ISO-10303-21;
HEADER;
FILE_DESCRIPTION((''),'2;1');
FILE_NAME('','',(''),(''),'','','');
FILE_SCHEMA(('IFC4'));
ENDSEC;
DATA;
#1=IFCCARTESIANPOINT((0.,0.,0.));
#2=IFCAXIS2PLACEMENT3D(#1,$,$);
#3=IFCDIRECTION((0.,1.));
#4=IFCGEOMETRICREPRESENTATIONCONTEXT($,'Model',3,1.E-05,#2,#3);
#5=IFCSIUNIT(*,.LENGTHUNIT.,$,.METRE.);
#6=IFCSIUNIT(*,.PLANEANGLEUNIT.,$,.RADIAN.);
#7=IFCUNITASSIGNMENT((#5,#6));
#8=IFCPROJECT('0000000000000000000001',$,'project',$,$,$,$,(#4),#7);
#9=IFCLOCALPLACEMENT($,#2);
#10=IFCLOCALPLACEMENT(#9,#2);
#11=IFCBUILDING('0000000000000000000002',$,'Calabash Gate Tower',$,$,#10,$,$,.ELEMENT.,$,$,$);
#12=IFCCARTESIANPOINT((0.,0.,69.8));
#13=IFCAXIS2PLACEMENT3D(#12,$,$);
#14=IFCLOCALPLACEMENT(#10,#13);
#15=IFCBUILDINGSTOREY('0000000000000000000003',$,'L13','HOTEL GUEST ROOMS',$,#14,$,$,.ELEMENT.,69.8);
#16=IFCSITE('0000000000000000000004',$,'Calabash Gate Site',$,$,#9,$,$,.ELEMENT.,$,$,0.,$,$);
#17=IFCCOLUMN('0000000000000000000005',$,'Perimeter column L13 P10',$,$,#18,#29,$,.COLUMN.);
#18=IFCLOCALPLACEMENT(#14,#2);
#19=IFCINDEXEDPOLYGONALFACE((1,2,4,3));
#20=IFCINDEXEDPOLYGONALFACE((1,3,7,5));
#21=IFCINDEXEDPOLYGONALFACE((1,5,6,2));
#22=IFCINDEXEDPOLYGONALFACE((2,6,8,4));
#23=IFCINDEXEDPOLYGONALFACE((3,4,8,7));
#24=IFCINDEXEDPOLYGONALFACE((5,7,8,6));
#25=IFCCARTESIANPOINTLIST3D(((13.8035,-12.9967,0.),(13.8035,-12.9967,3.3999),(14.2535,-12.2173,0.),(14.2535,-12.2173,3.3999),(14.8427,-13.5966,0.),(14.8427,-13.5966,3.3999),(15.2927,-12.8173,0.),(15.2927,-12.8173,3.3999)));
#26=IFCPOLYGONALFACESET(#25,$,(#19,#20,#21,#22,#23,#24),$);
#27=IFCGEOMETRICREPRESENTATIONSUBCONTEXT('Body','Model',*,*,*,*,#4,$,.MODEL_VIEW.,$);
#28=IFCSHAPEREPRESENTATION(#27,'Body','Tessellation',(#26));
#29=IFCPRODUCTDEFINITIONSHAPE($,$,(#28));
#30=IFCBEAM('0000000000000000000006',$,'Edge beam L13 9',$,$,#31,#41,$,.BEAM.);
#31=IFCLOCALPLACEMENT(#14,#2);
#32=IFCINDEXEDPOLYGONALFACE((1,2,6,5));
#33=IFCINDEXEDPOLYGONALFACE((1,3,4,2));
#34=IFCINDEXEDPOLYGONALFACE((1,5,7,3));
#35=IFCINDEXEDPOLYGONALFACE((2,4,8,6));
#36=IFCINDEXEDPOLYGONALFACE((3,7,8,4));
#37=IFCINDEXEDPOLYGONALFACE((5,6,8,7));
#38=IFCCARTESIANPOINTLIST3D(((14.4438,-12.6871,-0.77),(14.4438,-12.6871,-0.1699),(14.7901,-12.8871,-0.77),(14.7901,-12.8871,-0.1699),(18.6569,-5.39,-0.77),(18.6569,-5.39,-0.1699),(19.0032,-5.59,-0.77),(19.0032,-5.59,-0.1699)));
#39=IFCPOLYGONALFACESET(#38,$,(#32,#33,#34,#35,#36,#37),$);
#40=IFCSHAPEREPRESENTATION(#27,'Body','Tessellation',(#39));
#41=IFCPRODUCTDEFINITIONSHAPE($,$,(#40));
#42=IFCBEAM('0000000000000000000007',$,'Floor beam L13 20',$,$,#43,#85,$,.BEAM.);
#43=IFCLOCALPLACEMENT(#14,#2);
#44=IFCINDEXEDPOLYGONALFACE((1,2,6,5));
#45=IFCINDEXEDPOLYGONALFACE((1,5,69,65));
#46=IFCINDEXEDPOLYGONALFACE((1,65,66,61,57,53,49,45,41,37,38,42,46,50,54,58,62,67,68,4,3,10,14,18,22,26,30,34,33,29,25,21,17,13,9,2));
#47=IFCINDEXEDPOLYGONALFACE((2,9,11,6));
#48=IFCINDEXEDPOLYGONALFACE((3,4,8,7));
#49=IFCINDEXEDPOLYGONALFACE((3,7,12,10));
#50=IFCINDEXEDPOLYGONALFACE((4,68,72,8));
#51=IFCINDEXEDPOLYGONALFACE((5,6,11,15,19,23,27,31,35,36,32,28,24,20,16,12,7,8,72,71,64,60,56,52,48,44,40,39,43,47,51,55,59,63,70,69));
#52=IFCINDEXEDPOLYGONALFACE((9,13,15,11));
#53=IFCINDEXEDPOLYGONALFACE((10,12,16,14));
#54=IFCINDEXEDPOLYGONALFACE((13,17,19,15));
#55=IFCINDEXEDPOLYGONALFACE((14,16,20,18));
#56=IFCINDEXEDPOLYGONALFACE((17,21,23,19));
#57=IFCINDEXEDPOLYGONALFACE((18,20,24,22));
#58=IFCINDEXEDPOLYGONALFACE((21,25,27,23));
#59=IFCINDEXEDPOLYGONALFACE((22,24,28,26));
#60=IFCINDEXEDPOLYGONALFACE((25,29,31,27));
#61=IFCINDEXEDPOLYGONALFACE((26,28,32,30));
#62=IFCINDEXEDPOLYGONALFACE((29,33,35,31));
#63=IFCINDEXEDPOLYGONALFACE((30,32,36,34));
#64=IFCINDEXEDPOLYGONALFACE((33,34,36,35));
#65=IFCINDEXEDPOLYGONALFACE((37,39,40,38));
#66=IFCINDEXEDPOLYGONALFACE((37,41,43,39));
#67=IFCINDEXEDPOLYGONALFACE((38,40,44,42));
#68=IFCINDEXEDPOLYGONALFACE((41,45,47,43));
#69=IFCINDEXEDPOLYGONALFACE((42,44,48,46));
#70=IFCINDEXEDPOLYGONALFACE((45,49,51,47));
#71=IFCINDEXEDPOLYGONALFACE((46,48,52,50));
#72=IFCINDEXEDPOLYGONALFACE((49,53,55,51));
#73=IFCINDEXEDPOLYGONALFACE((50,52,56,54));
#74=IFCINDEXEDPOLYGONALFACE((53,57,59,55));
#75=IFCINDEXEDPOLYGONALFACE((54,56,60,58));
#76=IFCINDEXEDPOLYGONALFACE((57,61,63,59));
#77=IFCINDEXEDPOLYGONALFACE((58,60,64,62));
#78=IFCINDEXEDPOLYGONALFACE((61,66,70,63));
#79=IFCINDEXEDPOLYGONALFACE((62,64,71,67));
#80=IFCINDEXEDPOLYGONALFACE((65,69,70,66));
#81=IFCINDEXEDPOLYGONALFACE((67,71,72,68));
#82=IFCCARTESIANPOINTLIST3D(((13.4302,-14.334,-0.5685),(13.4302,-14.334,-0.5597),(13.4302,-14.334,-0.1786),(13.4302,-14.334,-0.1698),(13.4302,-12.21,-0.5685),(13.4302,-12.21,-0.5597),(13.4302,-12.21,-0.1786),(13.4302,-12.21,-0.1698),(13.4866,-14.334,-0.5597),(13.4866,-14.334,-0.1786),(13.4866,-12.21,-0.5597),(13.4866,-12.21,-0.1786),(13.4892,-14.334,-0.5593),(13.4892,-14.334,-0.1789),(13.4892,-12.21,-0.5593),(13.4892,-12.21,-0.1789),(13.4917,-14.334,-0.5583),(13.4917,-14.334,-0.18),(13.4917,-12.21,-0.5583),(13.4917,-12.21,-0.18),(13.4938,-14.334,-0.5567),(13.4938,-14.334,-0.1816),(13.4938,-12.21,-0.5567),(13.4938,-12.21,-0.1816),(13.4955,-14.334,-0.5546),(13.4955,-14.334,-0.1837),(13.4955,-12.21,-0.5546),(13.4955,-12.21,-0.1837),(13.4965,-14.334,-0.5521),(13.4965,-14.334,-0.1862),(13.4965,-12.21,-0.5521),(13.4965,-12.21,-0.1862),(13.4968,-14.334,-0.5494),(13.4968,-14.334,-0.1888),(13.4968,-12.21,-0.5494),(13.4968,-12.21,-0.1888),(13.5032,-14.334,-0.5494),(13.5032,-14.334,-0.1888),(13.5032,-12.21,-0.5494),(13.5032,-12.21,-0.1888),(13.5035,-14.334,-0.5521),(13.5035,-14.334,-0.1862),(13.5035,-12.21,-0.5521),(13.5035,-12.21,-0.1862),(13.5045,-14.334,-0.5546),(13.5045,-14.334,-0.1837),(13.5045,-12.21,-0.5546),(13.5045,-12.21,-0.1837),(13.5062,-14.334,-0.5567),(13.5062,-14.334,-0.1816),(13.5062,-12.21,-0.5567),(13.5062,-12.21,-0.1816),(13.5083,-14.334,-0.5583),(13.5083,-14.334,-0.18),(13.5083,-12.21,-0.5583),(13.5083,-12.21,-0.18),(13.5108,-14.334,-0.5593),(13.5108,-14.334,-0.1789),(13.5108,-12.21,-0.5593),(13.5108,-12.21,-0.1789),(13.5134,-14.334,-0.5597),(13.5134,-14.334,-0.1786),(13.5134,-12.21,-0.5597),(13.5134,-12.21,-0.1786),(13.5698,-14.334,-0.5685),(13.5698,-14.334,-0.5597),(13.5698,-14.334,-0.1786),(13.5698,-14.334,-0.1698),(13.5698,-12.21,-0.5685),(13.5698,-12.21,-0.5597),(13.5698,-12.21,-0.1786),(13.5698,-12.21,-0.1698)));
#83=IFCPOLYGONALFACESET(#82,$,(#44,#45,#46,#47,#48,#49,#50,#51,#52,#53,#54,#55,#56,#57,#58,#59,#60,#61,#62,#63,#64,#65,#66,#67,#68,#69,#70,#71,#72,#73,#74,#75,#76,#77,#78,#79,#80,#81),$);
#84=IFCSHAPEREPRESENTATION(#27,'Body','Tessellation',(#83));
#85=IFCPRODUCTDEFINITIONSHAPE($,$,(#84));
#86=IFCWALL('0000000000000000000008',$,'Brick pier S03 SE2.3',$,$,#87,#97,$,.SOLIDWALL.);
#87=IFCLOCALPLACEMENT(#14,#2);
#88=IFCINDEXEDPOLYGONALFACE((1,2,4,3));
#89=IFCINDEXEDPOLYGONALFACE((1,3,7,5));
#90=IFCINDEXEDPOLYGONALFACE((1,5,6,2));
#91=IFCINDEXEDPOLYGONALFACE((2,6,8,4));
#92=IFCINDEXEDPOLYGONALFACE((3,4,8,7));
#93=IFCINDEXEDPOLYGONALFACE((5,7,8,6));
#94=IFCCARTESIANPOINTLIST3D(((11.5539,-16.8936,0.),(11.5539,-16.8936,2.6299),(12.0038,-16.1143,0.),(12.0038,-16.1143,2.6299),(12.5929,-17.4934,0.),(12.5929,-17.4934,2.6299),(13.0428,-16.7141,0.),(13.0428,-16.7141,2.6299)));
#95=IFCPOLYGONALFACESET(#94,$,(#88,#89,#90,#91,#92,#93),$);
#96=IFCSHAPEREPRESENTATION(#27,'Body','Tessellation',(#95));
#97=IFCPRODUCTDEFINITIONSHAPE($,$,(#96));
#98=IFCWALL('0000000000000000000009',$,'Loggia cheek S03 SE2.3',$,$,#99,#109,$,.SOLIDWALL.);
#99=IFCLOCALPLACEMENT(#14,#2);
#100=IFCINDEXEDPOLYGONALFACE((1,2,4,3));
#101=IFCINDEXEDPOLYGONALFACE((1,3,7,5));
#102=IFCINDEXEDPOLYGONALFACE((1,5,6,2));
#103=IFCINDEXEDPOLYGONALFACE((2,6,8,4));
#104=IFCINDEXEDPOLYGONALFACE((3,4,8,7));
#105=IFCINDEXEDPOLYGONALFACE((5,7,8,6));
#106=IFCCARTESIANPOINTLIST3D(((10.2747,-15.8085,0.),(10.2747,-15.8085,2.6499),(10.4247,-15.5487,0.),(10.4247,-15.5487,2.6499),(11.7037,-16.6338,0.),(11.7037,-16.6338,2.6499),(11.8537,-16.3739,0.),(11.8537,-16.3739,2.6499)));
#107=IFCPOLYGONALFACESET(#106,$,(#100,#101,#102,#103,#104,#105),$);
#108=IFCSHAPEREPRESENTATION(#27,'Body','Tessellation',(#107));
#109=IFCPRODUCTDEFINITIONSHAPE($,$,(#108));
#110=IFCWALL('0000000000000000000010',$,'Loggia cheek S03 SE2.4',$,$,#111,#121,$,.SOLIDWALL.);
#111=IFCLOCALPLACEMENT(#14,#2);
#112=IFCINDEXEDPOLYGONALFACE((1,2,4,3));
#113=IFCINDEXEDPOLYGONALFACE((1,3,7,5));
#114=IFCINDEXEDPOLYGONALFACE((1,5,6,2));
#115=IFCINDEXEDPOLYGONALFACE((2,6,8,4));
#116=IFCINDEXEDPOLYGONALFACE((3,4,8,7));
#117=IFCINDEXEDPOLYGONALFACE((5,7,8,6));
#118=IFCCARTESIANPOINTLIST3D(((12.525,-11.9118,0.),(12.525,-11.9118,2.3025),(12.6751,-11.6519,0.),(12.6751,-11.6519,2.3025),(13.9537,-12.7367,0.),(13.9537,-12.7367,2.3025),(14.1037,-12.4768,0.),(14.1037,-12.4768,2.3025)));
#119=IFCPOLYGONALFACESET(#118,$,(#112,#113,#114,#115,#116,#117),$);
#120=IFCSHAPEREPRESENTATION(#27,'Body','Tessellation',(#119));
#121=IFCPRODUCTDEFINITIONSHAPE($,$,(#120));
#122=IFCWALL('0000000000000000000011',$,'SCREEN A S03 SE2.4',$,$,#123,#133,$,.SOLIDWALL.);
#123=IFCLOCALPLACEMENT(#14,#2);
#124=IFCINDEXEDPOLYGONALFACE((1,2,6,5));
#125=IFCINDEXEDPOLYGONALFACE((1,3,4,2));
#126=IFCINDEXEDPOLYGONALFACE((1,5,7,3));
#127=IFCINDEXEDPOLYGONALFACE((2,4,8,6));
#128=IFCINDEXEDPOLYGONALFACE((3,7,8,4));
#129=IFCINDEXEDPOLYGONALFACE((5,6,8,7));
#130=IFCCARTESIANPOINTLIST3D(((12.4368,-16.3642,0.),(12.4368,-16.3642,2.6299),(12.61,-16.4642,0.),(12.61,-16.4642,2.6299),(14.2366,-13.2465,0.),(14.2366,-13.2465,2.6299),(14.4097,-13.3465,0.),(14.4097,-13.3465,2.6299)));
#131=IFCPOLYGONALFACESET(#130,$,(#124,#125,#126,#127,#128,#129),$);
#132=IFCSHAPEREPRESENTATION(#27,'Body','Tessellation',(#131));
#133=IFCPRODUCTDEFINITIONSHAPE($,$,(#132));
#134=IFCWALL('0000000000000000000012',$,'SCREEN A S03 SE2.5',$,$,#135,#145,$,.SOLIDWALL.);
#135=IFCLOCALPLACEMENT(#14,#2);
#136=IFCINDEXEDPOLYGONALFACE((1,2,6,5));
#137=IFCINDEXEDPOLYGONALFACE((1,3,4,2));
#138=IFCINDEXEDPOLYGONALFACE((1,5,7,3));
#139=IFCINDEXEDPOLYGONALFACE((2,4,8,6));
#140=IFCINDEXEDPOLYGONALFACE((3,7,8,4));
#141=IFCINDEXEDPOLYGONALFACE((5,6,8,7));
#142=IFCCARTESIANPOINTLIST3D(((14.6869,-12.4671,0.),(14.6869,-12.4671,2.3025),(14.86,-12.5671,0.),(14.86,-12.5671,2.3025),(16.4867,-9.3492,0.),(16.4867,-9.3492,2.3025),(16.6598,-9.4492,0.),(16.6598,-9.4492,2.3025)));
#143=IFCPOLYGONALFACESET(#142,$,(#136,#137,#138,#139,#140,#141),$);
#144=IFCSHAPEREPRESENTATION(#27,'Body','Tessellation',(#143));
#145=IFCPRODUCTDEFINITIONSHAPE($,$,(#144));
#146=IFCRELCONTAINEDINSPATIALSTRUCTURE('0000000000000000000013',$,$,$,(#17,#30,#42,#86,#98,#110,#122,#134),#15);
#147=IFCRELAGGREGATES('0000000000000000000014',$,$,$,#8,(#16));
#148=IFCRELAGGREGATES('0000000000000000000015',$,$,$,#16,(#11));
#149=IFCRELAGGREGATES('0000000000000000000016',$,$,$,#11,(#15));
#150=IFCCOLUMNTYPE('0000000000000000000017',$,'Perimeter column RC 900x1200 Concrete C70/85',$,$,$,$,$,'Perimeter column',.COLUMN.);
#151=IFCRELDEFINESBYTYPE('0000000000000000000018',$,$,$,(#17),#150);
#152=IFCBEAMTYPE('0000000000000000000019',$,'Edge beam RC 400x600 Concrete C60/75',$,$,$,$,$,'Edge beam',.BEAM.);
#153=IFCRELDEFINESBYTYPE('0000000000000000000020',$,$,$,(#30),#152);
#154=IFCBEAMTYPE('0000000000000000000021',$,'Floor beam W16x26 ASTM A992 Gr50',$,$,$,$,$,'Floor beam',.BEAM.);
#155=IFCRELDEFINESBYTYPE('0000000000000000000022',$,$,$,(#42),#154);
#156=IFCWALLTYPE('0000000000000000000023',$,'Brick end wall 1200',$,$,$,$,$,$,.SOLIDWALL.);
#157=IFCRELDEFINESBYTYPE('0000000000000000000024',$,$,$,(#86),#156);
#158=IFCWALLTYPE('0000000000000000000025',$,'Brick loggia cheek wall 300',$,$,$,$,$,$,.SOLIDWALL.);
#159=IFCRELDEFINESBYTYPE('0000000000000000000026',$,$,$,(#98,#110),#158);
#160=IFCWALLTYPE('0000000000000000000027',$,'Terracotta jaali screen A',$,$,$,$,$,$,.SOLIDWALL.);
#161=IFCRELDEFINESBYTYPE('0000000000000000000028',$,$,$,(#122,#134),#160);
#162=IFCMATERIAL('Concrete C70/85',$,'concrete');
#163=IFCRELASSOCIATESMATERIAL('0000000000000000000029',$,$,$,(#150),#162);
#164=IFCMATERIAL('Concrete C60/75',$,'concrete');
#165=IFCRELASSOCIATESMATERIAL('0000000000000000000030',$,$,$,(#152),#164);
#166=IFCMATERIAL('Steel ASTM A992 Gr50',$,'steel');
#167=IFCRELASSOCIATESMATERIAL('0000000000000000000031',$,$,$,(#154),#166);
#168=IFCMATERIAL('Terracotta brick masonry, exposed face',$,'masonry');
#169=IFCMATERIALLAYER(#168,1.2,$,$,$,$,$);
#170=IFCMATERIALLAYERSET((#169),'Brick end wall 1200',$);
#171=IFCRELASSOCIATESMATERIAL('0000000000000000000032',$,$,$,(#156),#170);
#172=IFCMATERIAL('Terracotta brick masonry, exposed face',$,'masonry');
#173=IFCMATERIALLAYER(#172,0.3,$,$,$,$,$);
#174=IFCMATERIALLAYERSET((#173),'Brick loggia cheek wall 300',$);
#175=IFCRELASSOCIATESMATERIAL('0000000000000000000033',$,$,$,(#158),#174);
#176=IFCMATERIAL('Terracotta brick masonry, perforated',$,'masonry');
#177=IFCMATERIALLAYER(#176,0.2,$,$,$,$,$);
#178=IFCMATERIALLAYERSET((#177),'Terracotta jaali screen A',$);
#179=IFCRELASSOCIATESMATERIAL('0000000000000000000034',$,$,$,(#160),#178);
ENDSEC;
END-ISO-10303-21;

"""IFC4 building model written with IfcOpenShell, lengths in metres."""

from ifc_helpers import new_model, si_unit, direction, frame, frame_2d, origin, origin_2d, place, context, subcontext, project, spatial, rectangle, i_section, extrude, material, layer, layer_set, material_profile, profile_set, type_object, element, save


model = new_model("IFC4")

# Units and contexts
model_context = context("Model", 3, precision=1e-05, world=origin(), true_north=direction((0.0, 1.0)))
body_context = subcontext(model_context, "Body", "Model", "MODEL_VIEW")
ifc_project = project(units=[si_unit("LENGTHUNIT", "METRE"), si_unit("PLANEANGLEUNIT", "RADIAN")], contexts=[model_context])

# Site, building, storey
site_placement = place(None, origin())
site = spatial("IfcSite", under=ifc_project, at=site_placement, Name="Calabash Gate Site", CompositionType="ELEMENT", RefElevation=0.0)
building_placement = place(site_placement, origin())
building = spatial("IfcBuilding", under=site, at=building_placement, Name="Calabash Gate Tower", CompositionType="ELEMENT")
storey_placement = place(building_placement, frame((0.0, 0.0, 69.8)))
storey = spatial("IfcBuildingStorey", under=building, at=storey_placement, Name="L13", Description="HOTEL GUEST ROOMS", CompositionType="ELEMENT", Elevation=69.8)

# Column
ifc_material_1 = material(Name="Concrete C70/85", Category="concrete")
ifc_material_profile_1 = material_profile(ifc_material_1, rectangle(XDim=0.8999, YDim=1.2, at=origin_2d()))
ifc_profile_set_1 = profile_set([ifc_material_profile_1], Name="Concrete C70/85")
column_type = type_object("IfcColumnType", Name="Perimeter column RC 900x1200 Concrete C70/85", ElementType="Perimeter column", PredefinedType="COLUMN", material=ifc_profile_set_1)
column_placement = place(storey_placement, frame((14.5481, -12.907, 0.0), z_axis=(0.0, 0.0, 1.0), x_axis=(0.5, 0.866025, 0.0)))
element("IfcColumn", 1, at=column_placement, inside=storey, type_object=column_type, Name="Perimeter column L13 P10", PredefinedType="COLUMN", context=body_context, shape_type="SweptSolid", body=[
    extrude(rectangle(XDim=0.8999, YDim=1.2, at=origin_2d()), origin(), (0.0, 0.0, 1.0), 3.3999),
])

# Beams
ifc_material_2 = material(Name="Concrete C60/75", Category="concrete")
ifc_material_profile_2 = material_profile(ifc_material_2, rectangle(XDim=0.3999, YDim=0.6001, at=origin_2d()))
ifc_profile_set_2 = profile_set([ifc_material_profile_2], Name="Concrete C60/75")
beam_type_1 = type_object("IfcBeamType", Name="Edge beam RC 400x600 Concrete C60/75", ElementType="Edge beam", PredefinedType="BEAM", material=ifc_profile_set_2)
beam_1_placement = place(storey_placement, frame((14.6169, -12.7871, -0.47), z_axis=(0.500013, 0.866018, 0.0), x_axis=(-0.866018, 0.500013, 0.0)))
element("IfcBeam", 2, at=beam_1_placement, inside=storey, type_object=beam_type_1, Name="Edge beam L13 9", PredefinedType="BEAM", context=body_context, shape_type="SweptSolid", body=[
    extrude(rectangle(XDim=0.3999, YDim=0.6001, at=origin_2d()), origin(), (0.0, 0.0, 1.0), 8.426),
])
ifc_material_3 = material(Name="Steel ASTM A992 Gr50", Category="steel")
ifc_material_profile_3 = material_profile(ifc_material_3, i_section(OverallWidth=0.1396, OverallDepth=0.3987, WebThickness=0.0063, FlangeThickness=0.0088, FilletRadius=0.0103, at=origin_2d()))
ifc_profile_set_3 = profile_set([ifc_material_profile_3], Name="Steel ASTM A992 Gr50")
beam_type_2 = type_object("IfcBeamType", Name="Floor beam W16x26 ASTM A992 Gr50", ElementType="Floor beam", PredefinedType="BEAM", material=ifc_profile_set_3)
beam_2_placement = place(storey_placement, frame((13.5, -14.334, -0.3691), z_axis=(0.0, 1.0, 0.0), x_axis=(-1.0, 0.0, 0.0)))
element("IfcBeam", 3, at=beam_2_placement, inside=storey, type_object=beam_type_2, Name="Floor beam L13 20", PredefinedType="BEAM", context=body_context, shape_type="SweptSolid", body=[
    extrude(i_section(OverallWidth=0.1396, OverallDepth=0.3987, WebThickness=0.0063, FlangeThickness=0.0088, FilletRadius=0.0103, at=origin_2d()), origin(), (0.0, 0.0, 1.0), 2.124),
])

# Walls
ifc_material_4 = material(Name="Terracotta brick masonry, exposed face", Category="masonry")
ifc_layer_1 = layer(ifc_material_4, 1.2)
ifc_layer_set_1 = layer_set([ifc_layer_1], Name="Brick end wall 1200")
wall_type_1 = type_object("IfcWallType", Name="Brick end wall 1200", PredefinedType="SOLIDWALL", material=ifc_layer_set_1)
wall_1_placement = place(storey_placement, frame((12.8179, -17.1038, 0.0), z_axis=(0.0, 0.0, 1.0), x_axis=(-0.866043, 0.499969, 0.0)))
element("IfcWall", 4, at=wall_1_placement, inside=storey, type_object=wall_type_1, Name="Brick pier S03 SE2.3", PredefinedType="SOLIDWALL", context=body_context, shape_type="SweptSolid", body=[
    extrude(rectangle(XDim=1.1997, YDim=0.8999, at=frame_2d((0.5999, 0.0))), origin(), (0.0, 0.0, 1.0), 2.6299),
])
ifc_material_5 = material(Name="Terracotta brick masonry, exposed face", Category="masonry")
ifc_layer_2 = layer(ifc_material_5, 0.3)
ifc_layer_set_2 = layer_set([ifc_layer_2], Name="Brick loggia cheek wall 300")
wall_type_2 = type_object("IfcWallType", Name="Brick loggia cheek wall 300", PredefinedType="SOLIDWALL", material=ifc_layer_set_2)
wall_2_placement = place(storey_placement, frame((11.7788, -16.5039, 0.0), z_axis=(0.0, 0.0, 1.0), x_axis=(-0.865976, 0.500085, 0.0)))
element("IfcWall", 5, at=wall_2_placement, inside=storey, type_object=wall_type_2, Name="Loggia cheek S03 SE2.3", PredefinedType="SOLIDWALL", context=body_context, shape_type="SweptSolid", body=[
    extrude(rectangle(XDim=1.6501, YDim=0.3, at=frame_2d((0.8252, 0.0))), origin(), (0.0, 0.0, 1.0), 2.6499),
])
wall_3_placement = place(storey_placement, frame((14.0286, -12.6067, 0.0), z_axis=(0.0, 0.0, 1.0), x_axis=(-0.866003, 0.500038, 0.0)))
element("IfcWall", 6, at=wall_3_placement, inside=storey, type_object=wall_type_2, Name="Loggia cheek S03 SE2.4", PredefinedType="SOLIDWALL", context=body_context, shape_type="SweptSolid", body=[
    extrude(rectangle(XDim=1.6497, YDim=0.3, at=frame_2d((0.8247, 0.0))), origin(), (0.0, 0.0, 1.0), 2.3025),
])
ifc_material_6 = material(Name="Terracotta brick masonry, perforated", Category="masonry")
ifc_layer_3 = layer(ifc_material_6, 0.2)
ifc_layer_set_3 = layer_set([ifc_layer_3], Name="Terracotta jaali screen A")
wall_type_3 = type_object("IfcWallType", Name="Terracotta jaali screen A", PredefinedType="SOLIDWALL", material=ifc_layer_set_3)
wall_4_placement = place(storey_placement, frame((12.5234, -16.4141, 0.0), z_axis=(0.0, 0.0, 1.0), x_axis=(0.499961, 0.866048, 0.0)))
element("IfcWall", 7, at=wall_4_placement, inside=storey, type_object=wall_type_3, Name="SCREEN A S03 SE2.4", PredefinedType="SOLIDWALL", context=body_context, shape_type="SweptSolid", body=[
    extrude(rectangle(XDim=3.5999, YDim=0.2, at=frame_2d((1.7998, 0.0))), origin(), (0.0, 0.0, 1.0), 2.6299),
])
wall_5_placement = place(storey_placement, frame((14.7734, -12.5171, 0.0), z_axis=(0.0, 0.0, 1.0), x_axis=(0.499932, 0.866065, 0.0)))
element("IfcWall", 8, at=wall_5_placement, inside=storey, type_object=wall_type_3, Name="SCREEN A S03 SE2.5", PredefinedType="SOLIDWALL", context=body_context, shape_type="SweptSolid", body=[
    extrude(rectangle(XDim=3.6001, YDim=0.2, at=frame_2d((1.8, 0.0))), origin(), (0.0, 0.0, 1.0), 2.3025),
])

save(model, "model.ifc")
